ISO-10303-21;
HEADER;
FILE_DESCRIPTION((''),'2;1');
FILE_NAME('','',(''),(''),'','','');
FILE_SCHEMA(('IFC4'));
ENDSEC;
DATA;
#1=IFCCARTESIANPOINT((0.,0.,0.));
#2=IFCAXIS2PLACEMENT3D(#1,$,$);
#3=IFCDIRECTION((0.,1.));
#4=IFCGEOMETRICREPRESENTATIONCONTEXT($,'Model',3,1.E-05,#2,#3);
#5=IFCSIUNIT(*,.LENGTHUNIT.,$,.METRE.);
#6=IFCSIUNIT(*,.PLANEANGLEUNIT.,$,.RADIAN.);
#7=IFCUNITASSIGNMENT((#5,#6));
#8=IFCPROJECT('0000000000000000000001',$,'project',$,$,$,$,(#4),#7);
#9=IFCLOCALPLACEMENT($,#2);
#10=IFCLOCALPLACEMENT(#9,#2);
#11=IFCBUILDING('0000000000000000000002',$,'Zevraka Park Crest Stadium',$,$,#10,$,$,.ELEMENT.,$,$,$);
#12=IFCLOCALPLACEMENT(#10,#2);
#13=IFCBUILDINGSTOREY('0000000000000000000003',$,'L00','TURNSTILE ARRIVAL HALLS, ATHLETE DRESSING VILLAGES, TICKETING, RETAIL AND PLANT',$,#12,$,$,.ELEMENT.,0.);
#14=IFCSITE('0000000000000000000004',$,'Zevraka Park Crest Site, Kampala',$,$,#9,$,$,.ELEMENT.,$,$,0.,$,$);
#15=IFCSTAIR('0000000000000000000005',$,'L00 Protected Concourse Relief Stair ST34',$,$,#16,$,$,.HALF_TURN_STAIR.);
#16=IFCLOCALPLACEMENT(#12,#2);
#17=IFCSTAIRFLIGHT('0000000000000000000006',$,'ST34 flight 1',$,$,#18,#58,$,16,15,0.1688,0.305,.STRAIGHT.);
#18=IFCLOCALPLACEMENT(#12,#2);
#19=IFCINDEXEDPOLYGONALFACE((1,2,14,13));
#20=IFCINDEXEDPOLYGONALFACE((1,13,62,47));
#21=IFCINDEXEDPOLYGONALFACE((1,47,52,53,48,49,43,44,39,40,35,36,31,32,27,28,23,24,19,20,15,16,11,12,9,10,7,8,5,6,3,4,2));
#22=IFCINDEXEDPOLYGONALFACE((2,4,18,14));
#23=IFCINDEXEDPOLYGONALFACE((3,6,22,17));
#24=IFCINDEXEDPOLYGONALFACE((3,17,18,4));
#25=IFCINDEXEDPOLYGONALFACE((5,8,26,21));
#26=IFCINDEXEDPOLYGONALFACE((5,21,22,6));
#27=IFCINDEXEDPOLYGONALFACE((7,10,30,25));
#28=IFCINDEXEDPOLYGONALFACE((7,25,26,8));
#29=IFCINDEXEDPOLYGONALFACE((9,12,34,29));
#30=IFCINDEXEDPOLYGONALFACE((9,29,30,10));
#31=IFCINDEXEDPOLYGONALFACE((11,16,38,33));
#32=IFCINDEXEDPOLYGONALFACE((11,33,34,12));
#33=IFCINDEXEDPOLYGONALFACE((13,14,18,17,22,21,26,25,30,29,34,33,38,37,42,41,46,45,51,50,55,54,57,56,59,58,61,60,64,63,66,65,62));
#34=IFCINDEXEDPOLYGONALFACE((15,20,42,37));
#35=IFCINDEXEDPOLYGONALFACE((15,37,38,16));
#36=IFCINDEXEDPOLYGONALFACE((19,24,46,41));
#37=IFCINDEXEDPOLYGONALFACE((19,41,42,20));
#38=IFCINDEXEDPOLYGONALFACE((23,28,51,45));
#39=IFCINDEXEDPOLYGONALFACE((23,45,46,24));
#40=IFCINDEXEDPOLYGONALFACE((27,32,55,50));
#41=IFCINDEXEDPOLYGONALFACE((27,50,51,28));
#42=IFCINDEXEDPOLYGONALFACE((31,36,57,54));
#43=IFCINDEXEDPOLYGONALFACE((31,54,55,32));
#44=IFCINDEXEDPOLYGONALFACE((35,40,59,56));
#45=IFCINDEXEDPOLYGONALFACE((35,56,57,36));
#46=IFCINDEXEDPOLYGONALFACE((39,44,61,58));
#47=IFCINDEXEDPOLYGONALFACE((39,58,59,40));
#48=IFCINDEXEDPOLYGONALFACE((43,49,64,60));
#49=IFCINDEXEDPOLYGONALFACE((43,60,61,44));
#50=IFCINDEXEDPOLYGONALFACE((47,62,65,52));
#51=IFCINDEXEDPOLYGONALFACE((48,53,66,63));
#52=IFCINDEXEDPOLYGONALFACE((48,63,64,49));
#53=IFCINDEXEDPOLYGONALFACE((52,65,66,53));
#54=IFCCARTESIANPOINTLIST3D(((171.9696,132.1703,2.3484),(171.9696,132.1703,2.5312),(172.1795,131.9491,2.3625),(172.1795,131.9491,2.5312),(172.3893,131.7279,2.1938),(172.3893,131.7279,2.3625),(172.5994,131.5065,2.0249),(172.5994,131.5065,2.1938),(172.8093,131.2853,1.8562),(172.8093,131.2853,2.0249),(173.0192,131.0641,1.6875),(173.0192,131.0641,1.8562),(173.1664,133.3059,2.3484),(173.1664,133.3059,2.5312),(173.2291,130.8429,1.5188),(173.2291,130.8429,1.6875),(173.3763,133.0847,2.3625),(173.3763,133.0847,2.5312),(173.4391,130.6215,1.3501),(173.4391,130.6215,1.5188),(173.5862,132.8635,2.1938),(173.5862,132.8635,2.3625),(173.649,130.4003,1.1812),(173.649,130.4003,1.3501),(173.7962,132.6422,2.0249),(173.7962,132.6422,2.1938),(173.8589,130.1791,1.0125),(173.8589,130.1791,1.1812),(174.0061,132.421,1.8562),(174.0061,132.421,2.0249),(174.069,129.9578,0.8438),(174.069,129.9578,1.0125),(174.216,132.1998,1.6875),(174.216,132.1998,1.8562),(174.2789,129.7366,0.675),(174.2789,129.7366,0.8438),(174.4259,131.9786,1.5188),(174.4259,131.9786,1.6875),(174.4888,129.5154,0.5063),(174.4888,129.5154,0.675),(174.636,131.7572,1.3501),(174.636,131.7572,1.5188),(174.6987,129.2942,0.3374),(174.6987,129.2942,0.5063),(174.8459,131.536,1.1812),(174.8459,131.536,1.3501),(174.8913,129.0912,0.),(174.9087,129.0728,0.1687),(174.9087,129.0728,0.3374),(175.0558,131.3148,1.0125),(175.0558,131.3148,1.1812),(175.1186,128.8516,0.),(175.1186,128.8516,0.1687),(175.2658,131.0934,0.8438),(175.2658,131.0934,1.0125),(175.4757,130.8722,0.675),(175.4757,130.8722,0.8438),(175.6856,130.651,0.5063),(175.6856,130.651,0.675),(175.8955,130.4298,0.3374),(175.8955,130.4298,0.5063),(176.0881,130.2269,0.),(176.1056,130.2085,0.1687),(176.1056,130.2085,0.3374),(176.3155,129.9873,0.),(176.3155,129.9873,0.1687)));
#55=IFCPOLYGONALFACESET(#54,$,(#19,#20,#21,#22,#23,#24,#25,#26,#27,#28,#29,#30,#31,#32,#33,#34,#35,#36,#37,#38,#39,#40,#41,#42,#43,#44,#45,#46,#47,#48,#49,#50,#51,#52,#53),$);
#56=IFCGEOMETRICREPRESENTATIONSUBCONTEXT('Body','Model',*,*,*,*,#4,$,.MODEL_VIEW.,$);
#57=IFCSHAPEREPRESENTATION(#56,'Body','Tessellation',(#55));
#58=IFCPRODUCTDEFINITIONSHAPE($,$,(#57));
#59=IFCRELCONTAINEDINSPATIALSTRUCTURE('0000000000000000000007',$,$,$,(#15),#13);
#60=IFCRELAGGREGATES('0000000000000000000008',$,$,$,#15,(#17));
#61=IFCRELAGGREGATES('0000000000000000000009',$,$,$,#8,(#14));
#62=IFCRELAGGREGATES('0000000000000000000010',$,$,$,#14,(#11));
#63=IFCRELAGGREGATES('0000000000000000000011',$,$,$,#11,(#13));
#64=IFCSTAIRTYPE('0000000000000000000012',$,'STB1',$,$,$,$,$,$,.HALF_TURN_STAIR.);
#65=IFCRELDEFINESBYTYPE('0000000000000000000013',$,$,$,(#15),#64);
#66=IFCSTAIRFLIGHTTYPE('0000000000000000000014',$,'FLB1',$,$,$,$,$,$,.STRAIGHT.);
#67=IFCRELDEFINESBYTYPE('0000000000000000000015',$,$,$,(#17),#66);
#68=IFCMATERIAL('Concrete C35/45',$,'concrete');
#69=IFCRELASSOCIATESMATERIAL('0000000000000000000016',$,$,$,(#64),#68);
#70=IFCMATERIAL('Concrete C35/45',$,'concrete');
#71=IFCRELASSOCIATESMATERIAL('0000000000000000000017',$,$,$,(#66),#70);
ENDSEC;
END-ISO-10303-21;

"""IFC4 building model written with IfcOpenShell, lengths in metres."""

from ifc_helpers import new_model, si_unit, direction, frame, origin, place, context, subcontext, project, spatial, polyline, outline, extrude, material, type_object, element, aggregate, save


model = new_model("IFC4")

# Units and contexts
model_context = context("Model", 3, precision=1e-05, world=origin(), true_north=direction((0.0, 1.0)))
body_context = subcontext(model_context, "Body", "Model", "MODEL_VIEW")
ifc_project = project(units=[si_unit("LENGTHUNIT", "METRE"), si_unit("PLANEANGLEUNIT", "RADIAN")], contexts=[model_context])

# Site, building, storey
site_placement = place(None, origin())
site = spatial("IfcSite", under=ifc_project, at=site_placement, Name="Zevraka Park Crest Site, Kampala", CompositionType="ELEMENT", RefElevation=0.0)
building_placement = place(site_placement, origin())
building = spatial("IfcBuilding", under=site, at=building_placement, Name="Zevraka Park Crest Stadium", CompositionType="ELEMENT")
storey_placement = place(building_placement, origin())
storey = spatial("IfcBuildingStorey", under=building, at=storey_placement, Name="L00", Description="TURNSTILE ARRIVAL HALLS, ATHLETE DRESSING VILLAGES, TICKETING, RETAIL AND PLANT", CompositionType="ELEMENT", Elevation=0.0)

# Stair, stair flight
ifc_material_1 = material(Name="Concrete C35/45", Category="concrete")
stair_type_1 = type_object("IfcStairType", Name="STB1", PredefinedType="HALF_TURN_STAIR", material=ifc_material_1)
stair_1_placement = place(storey_placement, origin())
stair_1 = element("IfcStair", 1, at=stair_1_placement, inside=storey, type_object=stair_type_1, Name="L00 Protected Concourse Relief Stair ST34", PredefinedType="HALF_TURN_STAIR")
ifc_material_2 = material(Name="Concrete C35/45", Category="concrete")
stair_flight_type_1 = type_object("IfcStairFlightType", Name="FLB1", PredefinedType="STRAIGHT", material=ifc_material_2)
stair_flight_1_placement = place(storey_placement, frame((175.717, 129.4194, 0.0), z_axis=(0.0, 0.0, 1.0), x_axis=(-0.688327, 0.725401, 0.0)))
stair_flight_1 = element("IfcStairFlight", 2, at=stair_flight_1_placement, type_object=stair_flight_type_1, Name="ST34 flight 1", NumberOfRisers=16, NumberOfTreads=15, PredefinedType="STRAIGHT", RiserHeight=0.1688, TreadLength=0.305, context=body_context, shape_type="SweptSolid", body=[
    extrude(outline(polyline([(0.0, 0.0), (0.0, 0.1687), (0.3049, 0.1687), (0.3049, 0.3374), (0.6101, 0.3374), (0.6101, 0.5063), (0.915, 0.5063), (0.915, 0.675), (1.22, 0.675), (1.22, 0.8438), (1.5249, 0.8438), (1.5249, 1.0125), (1.8301, 1.0125), (1.8301, 1.1812), (2.135, 1.1812), (2.135, 1.3501), (2.4399, 1.3501), (2.4399, 1.5188), (2.7451, 1.5188), (2.7451, 1.6875), (3.05, 1.6875), (3.05, 1.8562), (3.355, 1.8562), (3.355, 2.0249), (3.6599, 2.0249), (3.6599, 2.1938), (3.9651, 2.1938), (3.9651, 2.3625), (4.27, 2.3625), (4.27, 2.5312), (4.575, 2.5312), (4.575, 2.7), (4.575, 2.3484), (0.3303, 0.0), (0.0, 0.0)])), frame((0.0, 0.825, 0.0), z_axis=(0.0, -1.0, 0.0), x_axis=(1.0, 0.0, 0.0)), (0.0, 0.0, 1.0), 1.6499),
])
aggregate(stair_1, [stair_flight_1])

save(model, "model.ifc")
